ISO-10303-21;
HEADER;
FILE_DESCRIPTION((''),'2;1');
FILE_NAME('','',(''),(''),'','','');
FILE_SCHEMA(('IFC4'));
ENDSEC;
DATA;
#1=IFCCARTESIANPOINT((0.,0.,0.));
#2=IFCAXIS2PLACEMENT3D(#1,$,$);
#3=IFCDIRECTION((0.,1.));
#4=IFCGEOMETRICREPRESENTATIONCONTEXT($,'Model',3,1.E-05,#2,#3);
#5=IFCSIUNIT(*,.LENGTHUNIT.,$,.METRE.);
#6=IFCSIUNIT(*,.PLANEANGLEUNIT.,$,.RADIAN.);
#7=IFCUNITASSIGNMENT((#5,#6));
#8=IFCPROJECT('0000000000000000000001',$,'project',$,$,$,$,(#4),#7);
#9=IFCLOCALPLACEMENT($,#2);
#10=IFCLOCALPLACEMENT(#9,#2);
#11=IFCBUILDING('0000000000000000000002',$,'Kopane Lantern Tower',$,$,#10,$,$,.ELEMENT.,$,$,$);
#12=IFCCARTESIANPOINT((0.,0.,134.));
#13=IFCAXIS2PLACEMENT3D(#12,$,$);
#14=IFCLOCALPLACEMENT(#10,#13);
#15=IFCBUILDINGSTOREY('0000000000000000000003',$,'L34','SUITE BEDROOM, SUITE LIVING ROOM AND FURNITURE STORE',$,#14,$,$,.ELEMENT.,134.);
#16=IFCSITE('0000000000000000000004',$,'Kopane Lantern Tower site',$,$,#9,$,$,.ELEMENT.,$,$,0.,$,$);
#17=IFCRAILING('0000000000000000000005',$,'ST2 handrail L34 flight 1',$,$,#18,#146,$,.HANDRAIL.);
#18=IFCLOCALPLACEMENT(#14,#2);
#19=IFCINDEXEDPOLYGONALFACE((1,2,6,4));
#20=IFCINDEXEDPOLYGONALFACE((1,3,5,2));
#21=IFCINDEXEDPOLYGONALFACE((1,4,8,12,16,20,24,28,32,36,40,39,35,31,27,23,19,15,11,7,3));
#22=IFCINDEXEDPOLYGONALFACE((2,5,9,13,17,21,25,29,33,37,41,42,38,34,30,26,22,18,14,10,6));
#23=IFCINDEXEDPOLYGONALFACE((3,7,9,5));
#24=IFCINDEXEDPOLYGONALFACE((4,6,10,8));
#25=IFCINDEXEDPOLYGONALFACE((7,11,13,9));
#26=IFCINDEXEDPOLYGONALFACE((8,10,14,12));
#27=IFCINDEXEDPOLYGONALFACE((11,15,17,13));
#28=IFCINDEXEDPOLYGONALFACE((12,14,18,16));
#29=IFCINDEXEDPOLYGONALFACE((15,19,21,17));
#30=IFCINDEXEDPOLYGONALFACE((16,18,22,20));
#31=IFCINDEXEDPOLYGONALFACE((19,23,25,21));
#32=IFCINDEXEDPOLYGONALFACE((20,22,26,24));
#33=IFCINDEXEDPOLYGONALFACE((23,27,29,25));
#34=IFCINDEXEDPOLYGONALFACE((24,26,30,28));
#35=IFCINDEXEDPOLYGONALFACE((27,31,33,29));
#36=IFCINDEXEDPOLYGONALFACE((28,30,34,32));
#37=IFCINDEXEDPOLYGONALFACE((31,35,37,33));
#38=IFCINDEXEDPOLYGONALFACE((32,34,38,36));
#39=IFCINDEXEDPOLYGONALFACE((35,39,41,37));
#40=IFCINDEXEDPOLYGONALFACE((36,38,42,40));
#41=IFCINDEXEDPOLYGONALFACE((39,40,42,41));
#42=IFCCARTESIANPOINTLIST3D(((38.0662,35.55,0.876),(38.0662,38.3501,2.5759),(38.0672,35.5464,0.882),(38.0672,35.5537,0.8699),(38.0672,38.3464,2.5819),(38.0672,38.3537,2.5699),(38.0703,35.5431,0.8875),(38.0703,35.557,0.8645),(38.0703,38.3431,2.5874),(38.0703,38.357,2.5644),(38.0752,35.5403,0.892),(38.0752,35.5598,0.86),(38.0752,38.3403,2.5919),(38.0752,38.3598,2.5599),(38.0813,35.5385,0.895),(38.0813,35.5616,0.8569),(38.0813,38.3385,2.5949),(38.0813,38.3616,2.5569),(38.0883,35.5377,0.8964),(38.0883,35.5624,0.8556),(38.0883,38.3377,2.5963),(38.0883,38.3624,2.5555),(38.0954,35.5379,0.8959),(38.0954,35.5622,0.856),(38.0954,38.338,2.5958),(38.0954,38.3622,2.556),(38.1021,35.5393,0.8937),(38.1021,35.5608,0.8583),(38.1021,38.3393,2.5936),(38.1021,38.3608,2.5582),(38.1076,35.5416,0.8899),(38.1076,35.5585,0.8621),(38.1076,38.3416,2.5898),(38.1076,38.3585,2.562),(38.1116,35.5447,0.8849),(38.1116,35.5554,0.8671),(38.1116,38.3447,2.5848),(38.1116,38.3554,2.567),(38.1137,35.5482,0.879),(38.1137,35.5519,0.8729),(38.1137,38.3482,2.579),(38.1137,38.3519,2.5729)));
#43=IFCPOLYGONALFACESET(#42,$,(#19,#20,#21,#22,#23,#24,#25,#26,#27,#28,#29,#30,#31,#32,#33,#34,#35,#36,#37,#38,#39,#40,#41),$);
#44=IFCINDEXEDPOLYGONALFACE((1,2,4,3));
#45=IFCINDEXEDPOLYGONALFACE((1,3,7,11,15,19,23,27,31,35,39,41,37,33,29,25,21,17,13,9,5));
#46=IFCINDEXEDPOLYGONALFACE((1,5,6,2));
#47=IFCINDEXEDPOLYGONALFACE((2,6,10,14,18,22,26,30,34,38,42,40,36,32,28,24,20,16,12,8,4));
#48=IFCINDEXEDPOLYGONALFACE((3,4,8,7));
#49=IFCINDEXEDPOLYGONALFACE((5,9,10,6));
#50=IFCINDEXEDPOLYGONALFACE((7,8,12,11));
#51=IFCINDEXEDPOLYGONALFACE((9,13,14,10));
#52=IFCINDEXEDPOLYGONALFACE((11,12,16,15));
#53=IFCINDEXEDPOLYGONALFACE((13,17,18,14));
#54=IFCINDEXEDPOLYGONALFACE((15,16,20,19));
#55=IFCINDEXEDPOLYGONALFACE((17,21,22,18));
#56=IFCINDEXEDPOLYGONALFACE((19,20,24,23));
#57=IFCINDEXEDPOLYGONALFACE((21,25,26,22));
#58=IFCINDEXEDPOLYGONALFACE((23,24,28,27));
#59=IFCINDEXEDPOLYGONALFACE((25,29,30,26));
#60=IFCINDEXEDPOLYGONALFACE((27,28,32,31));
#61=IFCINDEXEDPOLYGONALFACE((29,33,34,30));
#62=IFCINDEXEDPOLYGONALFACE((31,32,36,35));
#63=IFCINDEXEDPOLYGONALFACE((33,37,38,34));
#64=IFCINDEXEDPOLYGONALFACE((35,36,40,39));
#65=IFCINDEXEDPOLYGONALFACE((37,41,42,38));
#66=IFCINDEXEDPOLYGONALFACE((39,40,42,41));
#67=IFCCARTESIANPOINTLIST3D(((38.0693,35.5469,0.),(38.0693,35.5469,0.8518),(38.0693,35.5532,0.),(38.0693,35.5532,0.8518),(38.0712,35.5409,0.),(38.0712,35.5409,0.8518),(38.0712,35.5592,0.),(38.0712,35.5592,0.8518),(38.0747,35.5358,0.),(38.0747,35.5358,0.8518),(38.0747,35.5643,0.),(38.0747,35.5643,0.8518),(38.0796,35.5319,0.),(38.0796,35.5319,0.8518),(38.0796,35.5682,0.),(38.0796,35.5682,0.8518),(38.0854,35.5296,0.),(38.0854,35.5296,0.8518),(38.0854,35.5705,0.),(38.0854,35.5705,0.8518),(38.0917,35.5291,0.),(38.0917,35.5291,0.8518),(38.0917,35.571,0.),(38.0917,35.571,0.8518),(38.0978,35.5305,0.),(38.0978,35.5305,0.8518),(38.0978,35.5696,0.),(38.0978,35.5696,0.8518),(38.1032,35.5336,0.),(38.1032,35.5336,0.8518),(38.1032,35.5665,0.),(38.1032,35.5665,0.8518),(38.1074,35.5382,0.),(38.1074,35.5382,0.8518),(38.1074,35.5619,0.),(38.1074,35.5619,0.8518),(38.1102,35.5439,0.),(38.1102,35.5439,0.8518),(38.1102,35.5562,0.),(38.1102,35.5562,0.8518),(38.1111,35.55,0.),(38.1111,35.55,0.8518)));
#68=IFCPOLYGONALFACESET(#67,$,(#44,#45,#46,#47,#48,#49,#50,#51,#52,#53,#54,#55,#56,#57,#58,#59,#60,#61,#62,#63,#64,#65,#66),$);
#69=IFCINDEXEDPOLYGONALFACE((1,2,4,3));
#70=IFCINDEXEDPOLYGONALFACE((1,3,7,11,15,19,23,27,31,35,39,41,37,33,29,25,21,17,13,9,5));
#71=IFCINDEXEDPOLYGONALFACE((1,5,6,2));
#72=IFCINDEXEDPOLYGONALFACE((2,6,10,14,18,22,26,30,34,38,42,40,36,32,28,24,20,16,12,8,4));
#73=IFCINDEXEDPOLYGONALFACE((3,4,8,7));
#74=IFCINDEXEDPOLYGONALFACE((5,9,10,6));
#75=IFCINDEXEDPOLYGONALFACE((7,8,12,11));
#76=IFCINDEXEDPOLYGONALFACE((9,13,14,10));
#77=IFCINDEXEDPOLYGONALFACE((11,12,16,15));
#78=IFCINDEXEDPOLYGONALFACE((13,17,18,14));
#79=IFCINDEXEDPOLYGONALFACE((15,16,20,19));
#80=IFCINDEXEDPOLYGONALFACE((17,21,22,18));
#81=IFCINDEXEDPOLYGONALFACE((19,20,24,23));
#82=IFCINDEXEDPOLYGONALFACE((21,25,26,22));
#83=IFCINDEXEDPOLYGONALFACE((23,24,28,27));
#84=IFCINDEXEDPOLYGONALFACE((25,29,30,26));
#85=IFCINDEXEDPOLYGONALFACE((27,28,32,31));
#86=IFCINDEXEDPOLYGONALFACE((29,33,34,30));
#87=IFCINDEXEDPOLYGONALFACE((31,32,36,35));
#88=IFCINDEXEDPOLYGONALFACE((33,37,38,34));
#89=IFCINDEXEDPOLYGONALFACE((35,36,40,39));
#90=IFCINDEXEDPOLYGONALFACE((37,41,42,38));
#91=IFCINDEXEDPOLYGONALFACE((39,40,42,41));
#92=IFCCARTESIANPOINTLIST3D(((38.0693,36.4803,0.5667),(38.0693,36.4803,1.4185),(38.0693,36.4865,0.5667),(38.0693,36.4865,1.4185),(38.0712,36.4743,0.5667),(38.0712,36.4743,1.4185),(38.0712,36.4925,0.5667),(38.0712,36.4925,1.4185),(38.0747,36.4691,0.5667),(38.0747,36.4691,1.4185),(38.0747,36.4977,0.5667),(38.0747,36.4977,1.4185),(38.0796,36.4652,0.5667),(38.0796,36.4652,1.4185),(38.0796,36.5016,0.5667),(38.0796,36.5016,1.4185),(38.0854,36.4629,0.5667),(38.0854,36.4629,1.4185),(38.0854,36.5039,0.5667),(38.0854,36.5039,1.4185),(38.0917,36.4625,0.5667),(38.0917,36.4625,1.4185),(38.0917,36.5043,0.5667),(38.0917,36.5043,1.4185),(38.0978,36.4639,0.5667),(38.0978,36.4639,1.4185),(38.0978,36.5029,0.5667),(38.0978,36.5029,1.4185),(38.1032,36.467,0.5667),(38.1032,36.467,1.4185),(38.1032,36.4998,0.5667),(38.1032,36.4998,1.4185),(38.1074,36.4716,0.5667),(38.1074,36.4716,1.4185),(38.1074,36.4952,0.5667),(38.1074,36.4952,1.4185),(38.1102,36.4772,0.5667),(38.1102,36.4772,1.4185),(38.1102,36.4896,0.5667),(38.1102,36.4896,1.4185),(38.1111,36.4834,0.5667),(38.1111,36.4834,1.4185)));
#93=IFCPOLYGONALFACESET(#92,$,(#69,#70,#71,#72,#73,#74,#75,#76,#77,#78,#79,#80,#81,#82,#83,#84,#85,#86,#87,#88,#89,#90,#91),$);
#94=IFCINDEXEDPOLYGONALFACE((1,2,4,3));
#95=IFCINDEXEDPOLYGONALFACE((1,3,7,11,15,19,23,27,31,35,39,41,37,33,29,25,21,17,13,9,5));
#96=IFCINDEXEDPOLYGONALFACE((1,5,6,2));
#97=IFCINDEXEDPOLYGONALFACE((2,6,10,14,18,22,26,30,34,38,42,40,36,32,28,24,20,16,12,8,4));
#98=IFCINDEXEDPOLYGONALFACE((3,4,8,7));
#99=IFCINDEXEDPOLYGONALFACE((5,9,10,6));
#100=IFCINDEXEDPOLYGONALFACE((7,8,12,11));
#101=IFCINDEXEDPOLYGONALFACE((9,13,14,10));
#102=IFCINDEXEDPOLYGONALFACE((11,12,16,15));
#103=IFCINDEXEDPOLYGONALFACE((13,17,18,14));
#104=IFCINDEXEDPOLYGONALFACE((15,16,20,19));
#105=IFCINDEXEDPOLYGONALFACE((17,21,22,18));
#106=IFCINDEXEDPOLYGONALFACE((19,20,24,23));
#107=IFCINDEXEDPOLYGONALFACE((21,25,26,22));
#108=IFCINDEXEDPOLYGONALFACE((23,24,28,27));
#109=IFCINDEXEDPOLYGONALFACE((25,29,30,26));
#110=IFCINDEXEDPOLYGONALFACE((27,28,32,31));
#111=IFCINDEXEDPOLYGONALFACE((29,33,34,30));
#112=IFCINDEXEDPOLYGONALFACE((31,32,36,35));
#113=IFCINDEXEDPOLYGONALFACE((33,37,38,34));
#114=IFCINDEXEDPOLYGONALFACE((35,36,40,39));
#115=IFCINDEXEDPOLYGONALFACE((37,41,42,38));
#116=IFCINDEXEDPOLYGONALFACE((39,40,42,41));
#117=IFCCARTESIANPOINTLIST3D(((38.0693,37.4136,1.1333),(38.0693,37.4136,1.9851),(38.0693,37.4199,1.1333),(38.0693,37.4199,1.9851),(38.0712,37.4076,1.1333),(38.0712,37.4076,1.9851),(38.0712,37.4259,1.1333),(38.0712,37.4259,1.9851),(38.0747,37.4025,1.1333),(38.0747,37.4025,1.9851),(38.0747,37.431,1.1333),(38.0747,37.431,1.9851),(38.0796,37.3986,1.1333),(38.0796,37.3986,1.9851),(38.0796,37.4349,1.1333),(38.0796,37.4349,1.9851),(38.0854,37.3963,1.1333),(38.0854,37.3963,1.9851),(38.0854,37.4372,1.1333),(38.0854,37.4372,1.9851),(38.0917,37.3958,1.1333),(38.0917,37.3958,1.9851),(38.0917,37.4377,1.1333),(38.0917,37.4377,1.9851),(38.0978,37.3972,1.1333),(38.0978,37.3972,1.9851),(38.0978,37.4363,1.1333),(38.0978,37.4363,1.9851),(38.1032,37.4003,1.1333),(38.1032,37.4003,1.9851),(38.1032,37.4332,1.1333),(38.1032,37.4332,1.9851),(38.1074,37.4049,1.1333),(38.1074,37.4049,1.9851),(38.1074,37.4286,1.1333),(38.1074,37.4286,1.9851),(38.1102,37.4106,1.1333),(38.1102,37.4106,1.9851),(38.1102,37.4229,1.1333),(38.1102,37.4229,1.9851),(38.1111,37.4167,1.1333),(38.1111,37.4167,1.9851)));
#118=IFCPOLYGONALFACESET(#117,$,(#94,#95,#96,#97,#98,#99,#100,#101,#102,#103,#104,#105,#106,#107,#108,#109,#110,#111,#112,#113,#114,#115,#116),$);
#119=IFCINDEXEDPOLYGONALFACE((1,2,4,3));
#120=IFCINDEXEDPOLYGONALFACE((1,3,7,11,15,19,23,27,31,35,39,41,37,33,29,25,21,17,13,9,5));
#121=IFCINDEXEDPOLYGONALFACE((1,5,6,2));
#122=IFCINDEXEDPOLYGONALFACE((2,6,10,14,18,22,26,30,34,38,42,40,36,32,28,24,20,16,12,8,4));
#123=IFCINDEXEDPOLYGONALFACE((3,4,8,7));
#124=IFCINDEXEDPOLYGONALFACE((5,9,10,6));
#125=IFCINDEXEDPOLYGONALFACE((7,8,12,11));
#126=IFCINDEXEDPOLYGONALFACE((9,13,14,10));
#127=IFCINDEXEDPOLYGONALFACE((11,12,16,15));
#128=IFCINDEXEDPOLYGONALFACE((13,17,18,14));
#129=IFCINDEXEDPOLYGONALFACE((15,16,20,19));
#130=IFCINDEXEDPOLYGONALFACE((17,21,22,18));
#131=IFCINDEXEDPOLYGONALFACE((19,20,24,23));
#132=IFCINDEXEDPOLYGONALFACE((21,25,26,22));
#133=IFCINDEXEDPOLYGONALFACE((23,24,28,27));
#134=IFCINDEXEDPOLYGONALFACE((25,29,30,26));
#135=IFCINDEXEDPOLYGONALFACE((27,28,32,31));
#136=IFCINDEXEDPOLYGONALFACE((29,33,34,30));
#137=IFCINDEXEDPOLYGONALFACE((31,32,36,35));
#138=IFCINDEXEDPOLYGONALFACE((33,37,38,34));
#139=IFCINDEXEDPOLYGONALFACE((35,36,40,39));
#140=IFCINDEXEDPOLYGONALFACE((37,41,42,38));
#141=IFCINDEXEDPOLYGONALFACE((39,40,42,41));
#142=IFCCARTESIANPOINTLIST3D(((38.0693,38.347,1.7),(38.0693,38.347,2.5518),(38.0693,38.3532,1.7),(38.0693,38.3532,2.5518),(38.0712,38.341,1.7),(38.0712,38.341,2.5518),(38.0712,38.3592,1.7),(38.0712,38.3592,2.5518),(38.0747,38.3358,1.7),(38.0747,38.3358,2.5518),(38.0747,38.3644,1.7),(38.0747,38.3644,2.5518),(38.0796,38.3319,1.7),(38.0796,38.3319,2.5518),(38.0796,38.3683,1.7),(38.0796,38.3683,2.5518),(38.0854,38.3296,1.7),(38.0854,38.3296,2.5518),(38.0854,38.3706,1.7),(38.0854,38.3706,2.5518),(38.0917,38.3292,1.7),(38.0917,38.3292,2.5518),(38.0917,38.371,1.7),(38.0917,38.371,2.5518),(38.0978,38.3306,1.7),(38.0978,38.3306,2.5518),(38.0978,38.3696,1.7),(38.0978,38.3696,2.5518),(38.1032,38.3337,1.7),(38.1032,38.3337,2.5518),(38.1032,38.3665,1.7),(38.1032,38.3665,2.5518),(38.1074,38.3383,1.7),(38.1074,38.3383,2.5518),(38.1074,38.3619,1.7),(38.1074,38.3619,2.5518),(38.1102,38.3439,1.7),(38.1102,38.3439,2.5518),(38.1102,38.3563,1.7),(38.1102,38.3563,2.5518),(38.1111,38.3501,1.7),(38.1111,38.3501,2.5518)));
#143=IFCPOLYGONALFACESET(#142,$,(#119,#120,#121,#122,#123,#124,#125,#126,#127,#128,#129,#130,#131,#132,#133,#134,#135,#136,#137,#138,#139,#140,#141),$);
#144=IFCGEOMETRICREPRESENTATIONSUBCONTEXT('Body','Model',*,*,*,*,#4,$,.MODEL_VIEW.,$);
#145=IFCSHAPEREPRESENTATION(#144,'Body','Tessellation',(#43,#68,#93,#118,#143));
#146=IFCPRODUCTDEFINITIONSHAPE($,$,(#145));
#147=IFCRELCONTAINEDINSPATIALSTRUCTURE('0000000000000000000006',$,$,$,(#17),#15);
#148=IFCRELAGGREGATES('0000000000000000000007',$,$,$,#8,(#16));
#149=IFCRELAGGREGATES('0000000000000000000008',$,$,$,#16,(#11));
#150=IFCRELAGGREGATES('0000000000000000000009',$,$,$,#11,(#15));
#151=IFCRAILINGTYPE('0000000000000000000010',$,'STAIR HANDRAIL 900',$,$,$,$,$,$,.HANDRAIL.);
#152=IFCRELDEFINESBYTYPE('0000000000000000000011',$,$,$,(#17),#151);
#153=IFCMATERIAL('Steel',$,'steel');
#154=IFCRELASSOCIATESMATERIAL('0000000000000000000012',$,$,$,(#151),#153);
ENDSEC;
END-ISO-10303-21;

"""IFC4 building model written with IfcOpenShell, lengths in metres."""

from ifc_helpers import new_model, si_unit, direction, frame, origin, origin_2d, place, context, subcontext, project, spatial, circle, extrude, material, type_object, element, save


model = new_model("IFC4")

# Units and contexts
model_context = context("Model", 3, precision=1e-05, world=origin(), true_north=direction((0.0, 1.0)))
body_context = subcontext(model_context, "Body", "Model", "MODEL_VIEW")
ifc_project = project(units=[si_unit("LENGTHUNIT", "METRE"), si_unit("PLANEANGLEUNIT", "RADIAN")], contexts=[model_context])

# Site, building, storey
site_placement = place(None, origin())
site = spatial("IfcSite", under=ifc_project, at=site_placement, Name="Kopane Lantern Tower site", CompositionType="ELEMENT", RefElevation=0.0)
building_placement = place(site_placement, origin())
building = spatial("IfcBuilding", under=site, at=building_placement, Name="Kopane Lantern Tower", CompositionType="ELEMENT")
storey_placement = place(building_placement, frame((0.0, 0.0, 134.0)))
storey = spatial("IfcBuildingStorey", under=building, at=storey_placement, Name="L34", Description="SUITE BEDROOM, SUITE LIVING ROOM AND FURNITURE STORE", CompositionType="ELEMENT", Elevation=134.0)

# Railing
ifc_material_1 = material(Name="Steel", Category="steel")
railing_type_1 = type_object("IfcRailingType", Name="STAIR HANDRAIL 900", PredefinedType="HANDRAIL", material=ifc_material_1)
for number, where, name in (
    (1, (38.0901, 35.55, 0.0), "ST2 handrail L34 flight 1"),
):
    element("IfcRailing", number, at=place(storey_placement, frame(where)), inside=storey, type_object=railing_type_1, Name=name, PredefinedType="HANDRAIL", context=body_context, shape_type="SweptSolid", body=[
        extrude(circle(Radius=0.0239, at=origin_2d()), frame((0.0, 0.0, 0.876), z_axis=(0.0, 0.854798, 0.518961), x_axis=(-1.0, 0.0, 0.0)), (0.0, 0.0, 1.0), 3.2756),
        extrude(circle(Radius=0.021, at=origin_2d()), origin(), (0.0, 0.0, 1.0), 0.8518),
        extrude(circle(Radius=0.021, at=origin_2d()), frame((0.0, 0.9333, 0.5667)), (0.0, 0.0, 1.0), 0.8518),
        extrude(circle(Radius=0.021, at=origin_2d()), frame((0.0, 1.8667, 1.1333)), (0.0, 0.0, 1.0), 0.8518),
        extrude(circle(Radius=0.021, at=origin_2d()), frame((0.0, 2.8, 1.7)), (0.0, 0.0, 1.0), 0.8518),
    ])

save(model, "model.ifc")
